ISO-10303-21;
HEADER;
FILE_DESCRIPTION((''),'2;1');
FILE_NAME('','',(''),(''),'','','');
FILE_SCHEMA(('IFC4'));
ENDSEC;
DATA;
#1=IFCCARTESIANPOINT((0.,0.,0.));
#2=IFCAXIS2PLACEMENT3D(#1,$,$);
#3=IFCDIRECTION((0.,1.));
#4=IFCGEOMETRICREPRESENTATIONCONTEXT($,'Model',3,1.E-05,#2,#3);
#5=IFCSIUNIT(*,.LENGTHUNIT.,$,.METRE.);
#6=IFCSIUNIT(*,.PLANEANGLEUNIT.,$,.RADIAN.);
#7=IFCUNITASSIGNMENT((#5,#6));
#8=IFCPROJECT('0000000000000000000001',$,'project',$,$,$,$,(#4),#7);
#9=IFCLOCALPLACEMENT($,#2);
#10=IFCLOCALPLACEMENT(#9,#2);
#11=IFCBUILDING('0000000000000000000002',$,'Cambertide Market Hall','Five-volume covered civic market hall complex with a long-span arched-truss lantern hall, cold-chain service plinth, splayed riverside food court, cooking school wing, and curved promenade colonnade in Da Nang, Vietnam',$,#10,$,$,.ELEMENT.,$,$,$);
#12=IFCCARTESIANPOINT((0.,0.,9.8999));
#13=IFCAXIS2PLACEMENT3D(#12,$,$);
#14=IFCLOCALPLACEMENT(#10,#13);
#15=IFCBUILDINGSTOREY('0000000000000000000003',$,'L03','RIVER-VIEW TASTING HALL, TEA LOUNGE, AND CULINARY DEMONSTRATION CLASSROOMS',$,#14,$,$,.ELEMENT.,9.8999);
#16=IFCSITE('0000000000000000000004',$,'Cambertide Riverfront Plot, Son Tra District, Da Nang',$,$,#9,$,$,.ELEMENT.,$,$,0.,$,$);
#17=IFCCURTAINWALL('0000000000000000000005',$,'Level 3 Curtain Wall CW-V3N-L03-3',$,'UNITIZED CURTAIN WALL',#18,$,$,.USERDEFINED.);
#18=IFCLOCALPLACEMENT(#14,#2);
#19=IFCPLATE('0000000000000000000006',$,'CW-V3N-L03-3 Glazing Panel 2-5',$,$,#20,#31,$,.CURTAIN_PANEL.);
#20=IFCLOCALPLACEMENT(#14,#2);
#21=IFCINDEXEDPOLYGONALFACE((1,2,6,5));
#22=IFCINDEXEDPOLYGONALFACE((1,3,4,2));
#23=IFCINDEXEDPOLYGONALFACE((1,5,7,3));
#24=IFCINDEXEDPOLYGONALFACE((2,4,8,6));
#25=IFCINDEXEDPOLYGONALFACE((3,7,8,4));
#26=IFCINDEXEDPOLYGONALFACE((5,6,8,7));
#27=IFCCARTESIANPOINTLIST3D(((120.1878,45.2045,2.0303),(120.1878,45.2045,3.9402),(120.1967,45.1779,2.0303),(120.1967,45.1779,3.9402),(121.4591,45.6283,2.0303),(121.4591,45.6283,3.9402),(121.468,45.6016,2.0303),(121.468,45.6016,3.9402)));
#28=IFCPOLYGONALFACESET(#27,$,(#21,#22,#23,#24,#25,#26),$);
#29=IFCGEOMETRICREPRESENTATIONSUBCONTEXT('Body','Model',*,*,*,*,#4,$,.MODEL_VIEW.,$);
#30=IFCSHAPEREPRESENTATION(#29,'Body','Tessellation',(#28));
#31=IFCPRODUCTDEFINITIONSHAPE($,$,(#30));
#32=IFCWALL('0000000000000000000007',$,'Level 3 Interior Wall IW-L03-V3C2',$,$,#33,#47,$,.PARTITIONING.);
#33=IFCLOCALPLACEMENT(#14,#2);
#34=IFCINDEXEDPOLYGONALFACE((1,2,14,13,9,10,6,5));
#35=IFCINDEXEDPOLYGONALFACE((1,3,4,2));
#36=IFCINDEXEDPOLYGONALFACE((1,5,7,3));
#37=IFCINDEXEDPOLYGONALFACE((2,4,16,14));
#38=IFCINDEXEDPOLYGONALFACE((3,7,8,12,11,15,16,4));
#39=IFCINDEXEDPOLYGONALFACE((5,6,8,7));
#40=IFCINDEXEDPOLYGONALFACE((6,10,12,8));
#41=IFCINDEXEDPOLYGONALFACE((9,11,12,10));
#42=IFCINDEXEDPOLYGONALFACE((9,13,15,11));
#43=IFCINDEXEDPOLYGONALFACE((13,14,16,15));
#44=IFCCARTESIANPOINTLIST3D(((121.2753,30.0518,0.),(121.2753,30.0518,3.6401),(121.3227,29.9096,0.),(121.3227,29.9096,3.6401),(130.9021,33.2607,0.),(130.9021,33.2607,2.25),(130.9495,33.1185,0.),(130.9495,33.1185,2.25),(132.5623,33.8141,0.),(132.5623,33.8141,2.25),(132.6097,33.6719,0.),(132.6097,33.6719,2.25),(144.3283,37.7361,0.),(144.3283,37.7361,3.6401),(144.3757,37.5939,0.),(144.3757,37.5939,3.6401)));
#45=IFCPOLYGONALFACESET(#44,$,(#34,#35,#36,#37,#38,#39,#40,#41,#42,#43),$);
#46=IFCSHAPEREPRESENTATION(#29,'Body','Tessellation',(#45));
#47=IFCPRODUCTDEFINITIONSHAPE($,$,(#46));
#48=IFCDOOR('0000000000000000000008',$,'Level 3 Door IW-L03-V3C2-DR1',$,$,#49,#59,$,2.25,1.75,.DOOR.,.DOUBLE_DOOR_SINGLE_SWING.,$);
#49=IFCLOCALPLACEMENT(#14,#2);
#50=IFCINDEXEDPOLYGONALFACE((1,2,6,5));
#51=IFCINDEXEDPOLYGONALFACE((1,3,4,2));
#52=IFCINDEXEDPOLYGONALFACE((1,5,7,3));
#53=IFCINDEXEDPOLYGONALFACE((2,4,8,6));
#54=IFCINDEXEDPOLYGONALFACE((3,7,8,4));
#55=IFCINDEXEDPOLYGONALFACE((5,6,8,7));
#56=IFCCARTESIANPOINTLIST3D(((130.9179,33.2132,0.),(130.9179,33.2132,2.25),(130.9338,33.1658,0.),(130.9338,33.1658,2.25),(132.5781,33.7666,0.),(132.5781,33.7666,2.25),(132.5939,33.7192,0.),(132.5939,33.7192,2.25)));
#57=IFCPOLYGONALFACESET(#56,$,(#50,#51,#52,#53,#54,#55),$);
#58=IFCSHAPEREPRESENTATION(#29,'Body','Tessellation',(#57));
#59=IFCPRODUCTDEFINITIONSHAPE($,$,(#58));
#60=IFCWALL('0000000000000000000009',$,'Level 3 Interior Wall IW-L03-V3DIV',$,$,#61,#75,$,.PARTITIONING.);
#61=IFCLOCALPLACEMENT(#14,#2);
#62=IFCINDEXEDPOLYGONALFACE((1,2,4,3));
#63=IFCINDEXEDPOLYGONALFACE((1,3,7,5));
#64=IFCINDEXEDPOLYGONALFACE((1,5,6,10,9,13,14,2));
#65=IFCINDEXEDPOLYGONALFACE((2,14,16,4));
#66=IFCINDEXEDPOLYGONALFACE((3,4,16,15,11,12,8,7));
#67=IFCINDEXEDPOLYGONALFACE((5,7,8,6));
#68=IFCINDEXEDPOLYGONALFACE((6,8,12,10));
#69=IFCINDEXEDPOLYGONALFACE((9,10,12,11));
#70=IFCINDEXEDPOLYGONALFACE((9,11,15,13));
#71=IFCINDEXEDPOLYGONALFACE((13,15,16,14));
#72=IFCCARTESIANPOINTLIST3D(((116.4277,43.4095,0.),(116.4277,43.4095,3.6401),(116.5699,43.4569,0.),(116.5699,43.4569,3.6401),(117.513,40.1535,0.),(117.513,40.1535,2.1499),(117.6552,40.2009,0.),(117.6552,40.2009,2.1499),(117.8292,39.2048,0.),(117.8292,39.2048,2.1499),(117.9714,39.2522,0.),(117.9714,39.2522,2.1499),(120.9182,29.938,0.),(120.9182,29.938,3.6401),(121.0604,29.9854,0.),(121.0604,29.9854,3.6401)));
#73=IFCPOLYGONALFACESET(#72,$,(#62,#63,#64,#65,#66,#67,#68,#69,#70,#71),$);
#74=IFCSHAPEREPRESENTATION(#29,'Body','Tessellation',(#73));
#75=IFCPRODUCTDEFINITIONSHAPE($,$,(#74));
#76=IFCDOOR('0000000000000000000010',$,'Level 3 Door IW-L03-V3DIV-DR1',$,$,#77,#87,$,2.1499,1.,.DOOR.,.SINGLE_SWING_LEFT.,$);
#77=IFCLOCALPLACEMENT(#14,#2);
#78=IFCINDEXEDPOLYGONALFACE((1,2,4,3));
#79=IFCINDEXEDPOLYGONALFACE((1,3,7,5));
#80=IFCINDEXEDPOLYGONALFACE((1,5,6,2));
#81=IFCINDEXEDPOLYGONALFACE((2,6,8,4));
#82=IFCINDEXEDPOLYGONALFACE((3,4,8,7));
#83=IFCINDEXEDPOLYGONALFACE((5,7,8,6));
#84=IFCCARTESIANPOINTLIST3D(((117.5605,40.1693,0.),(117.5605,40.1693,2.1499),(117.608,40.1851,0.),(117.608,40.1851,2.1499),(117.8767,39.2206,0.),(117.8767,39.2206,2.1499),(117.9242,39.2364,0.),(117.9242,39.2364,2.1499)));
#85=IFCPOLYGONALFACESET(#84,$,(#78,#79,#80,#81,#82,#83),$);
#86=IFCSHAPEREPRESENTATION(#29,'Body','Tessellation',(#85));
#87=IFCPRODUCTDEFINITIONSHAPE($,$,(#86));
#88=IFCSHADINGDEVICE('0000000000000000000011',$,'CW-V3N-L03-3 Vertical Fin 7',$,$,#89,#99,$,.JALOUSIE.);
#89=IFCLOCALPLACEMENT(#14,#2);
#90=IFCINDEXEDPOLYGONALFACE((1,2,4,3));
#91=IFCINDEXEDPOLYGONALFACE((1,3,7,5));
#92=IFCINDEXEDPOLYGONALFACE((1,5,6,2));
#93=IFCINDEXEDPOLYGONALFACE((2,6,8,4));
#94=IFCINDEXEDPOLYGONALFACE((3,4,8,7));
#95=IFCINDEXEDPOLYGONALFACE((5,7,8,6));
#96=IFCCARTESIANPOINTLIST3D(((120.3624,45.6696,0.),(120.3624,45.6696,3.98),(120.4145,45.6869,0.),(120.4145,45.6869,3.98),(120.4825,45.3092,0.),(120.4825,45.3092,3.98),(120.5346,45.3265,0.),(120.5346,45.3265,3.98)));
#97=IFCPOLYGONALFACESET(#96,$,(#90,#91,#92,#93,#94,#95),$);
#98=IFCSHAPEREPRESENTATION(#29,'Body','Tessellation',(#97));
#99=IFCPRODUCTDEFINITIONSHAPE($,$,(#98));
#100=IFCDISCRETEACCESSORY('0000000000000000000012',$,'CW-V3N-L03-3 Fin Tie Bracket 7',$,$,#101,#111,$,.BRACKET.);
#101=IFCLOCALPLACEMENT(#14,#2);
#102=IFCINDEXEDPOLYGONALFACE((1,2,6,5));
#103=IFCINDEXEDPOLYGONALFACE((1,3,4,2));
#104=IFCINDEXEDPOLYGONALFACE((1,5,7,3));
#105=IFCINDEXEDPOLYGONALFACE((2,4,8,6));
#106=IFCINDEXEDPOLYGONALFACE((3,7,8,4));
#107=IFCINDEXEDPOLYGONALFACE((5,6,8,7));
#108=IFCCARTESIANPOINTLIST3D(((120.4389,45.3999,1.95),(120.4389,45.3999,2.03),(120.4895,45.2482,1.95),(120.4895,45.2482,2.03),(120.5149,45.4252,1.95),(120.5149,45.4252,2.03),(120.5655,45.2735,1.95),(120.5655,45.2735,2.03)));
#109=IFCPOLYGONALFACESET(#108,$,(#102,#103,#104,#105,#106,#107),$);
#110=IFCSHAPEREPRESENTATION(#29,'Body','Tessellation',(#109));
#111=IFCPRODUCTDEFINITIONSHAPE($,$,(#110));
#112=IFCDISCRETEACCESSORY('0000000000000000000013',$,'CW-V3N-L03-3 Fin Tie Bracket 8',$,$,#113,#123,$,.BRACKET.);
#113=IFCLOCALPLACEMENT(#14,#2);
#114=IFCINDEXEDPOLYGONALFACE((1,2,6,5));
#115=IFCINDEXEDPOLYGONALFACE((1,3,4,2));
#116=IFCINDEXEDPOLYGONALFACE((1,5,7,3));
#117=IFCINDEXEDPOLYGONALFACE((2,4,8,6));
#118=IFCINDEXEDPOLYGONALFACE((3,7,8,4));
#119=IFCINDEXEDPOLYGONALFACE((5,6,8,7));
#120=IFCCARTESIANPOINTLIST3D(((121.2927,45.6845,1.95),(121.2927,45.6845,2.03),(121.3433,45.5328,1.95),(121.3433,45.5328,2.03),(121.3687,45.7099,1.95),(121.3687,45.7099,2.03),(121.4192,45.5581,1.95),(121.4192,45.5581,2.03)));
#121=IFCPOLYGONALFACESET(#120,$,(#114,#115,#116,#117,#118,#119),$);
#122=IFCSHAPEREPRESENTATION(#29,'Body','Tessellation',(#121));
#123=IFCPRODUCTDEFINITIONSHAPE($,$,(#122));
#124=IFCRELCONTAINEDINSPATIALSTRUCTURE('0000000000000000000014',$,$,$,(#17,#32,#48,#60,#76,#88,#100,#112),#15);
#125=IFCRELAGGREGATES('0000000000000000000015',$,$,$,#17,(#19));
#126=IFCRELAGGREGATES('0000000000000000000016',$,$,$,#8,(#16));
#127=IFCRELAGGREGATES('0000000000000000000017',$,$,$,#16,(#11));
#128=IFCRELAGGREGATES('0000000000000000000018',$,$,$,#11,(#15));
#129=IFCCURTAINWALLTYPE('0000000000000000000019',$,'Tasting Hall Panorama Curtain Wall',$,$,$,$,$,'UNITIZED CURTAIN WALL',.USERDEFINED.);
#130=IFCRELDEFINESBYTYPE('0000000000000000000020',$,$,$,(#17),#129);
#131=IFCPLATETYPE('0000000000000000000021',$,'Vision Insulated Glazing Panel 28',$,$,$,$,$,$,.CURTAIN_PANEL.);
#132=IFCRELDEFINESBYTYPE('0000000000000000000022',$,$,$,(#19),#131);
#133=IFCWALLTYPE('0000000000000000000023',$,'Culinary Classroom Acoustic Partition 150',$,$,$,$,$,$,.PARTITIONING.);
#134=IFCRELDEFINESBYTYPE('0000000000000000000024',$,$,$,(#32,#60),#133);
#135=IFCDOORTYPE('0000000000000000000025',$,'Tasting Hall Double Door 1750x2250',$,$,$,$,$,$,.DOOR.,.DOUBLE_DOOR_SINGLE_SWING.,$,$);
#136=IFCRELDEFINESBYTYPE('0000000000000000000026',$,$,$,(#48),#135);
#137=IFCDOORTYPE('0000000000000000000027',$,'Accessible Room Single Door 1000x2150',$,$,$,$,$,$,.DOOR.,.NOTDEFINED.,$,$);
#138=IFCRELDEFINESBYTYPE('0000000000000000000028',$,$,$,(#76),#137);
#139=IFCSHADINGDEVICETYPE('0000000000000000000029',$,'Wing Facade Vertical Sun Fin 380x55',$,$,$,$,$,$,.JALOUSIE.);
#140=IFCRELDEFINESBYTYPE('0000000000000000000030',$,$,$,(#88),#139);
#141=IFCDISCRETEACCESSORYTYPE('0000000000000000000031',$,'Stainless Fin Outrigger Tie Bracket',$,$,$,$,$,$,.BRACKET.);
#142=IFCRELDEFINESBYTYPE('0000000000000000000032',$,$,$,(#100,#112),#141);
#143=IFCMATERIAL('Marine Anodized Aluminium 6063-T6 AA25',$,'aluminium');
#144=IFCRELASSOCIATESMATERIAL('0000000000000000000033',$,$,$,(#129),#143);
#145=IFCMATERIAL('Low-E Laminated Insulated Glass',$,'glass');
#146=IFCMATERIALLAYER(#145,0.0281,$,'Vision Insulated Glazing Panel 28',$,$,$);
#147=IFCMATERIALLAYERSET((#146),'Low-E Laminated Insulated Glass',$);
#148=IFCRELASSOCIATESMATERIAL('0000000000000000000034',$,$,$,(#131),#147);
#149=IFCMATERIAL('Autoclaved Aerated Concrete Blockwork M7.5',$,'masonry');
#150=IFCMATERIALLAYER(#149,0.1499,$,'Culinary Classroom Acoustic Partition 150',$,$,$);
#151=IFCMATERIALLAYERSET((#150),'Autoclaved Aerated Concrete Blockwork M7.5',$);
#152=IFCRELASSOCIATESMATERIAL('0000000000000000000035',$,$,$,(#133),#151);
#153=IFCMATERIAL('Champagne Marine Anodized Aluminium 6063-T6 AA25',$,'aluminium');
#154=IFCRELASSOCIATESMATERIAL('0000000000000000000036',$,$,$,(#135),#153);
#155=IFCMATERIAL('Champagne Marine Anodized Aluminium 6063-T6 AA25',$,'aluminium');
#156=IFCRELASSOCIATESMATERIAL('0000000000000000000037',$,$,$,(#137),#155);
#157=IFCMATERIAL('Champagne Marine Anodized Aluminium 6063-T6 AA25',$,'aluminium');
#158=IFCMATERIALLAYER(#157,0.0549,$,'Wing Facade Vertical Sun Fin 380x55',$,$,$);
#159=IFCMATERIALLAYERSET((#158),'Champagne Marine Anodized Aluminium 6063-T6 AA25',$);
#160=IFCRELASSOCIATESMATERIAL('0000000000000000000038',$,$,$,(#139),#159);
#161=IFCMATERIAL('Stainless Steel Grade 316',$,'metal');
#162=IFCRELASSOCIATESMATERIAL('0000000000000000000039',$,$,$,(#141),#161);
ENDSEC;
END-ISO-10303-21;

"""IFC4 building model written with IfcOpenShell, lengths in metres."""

from ifc_helpers import new_model, si_unit, direction, frame, frame_2d, origin, origin_2d, place, context, subcontext, project, spatial, rectangle, extrude, material, layer, layer_set, type_object, element, fill, aggregate, save


model = new_model("IFC4")

# Units and contexts
model_context = context("Model", 3, precision=1e-05, world=origin(), true_north=direction((0.0, 1.0)))
body_context = subcontext(model_context, "Body", "Model", "MODEL_VIEW")
ifc_project = project(units=[si_unit("LENGTHUNIT", "METRE"), si_unit("PLANEANGLEUNIT", "RADIAN")], contexts=[model_context])

# Site, building, storey
site_placement = place(None, origin())
site = spatial("IfcSite", under=ifc_project, at=site_placement, Name="Cambertide Riverfront Plot, Son Tra District, Da Nang", CompositionType="ELEMENT", RefElevation=0.0)
building_placement = place(site_placement, origin())
building = spatial("IfcBuilding", under=site, at=building_placement, Name="Cambertide Market Hall", Description="Five-volume covered civic market hall complex with a long-span arched-truss lantern hall, cold-chain service plinth, splayed riverside food court, cooking school wing, and curved promenade colonnade in Da Nang, Vietnam", CompositionType="ELEMENT")
storey_placement = place(building_placement, frame((0.0, 0.0, 9.8999)))
storey = spatial("IfcBuildingStorey", under=building, at=storey_placement, Name="L03", Description="RIVER-VIEW TASTING HALL, TEA LOUNGE, AND CULINARY DEMONSTRATION CLASSROOMS", CompositionType="ELEMENT", Elevation=9.8999)

# Curtain wall, plate
ifc_material_1 = material(Name="Marine Anodized Aluminium 6063-T6 AA25", Category="aluminium")
curtain_wall_type = type_object("IfcCurtainWallType", Name="Tasting Hall Panorama Curtain Wall", ElementType="UNITIZED CURTAIN WALL", PredefinedType="USERDEFINED", material=ifc_material_1)
curtain_wall_placement = place(storey_placement, origin())
curtain_wall = element("IfcCurtainWall", 1, at=curtain_wall_placement, inside=storey, type_object=curtain_wall_type, Name="Level 3 Curtain Wall CW-V3N-L03-3", ObjectType="UNITIZED CURTAIN WALL", PredefinedType="USERDEFINED")
ifc_material_2 = material(Name="Low-E Laminated Insulated Glass", Category="glass")
ifc_layer_1 = layer(ifc_material_2, 0.0281, Name="Vision Insulated Glazing Panel 28")
ifc_layer_set_1 = layer_set([ifc_layer_1], Name="Low-E Laminated Insulated Glass")
plate_type = type_object("IfcPlateType", Name="Vision Insulated Glazing Panel 28", PredefinedType="CURTAIN_PANEL", material=ifc_layer_set_1)
plate_1_placement = place(storey_placement, frame((120.8279, 45.4031, 2.0303), z_axis=(0.0, 0.0, 1.0), x_axis=(0.948683, 0.316228, 0.0)))
plate_1 = element("IfcPlate", 2, at=plate_1_placement, type_object=plate_type, Name="CW-V3N-L03-3 Glazing Panel 2-5", PredefinedType="CURTAIN_PANEL", context=body_context, shape_type="SweptSolid", body=[
    extrude(rectangle(XDim=1.3401, YDim=0.0281, at=origin_2d()), origin(), (0.0, 0.0, 1.0), 1.9099),
])
aggregate(curtain_wall, [plate_1])

# Walls, openings, doors
ifc_material_3 = material(Name="Autoclaved Aerated Concrete Blockwork M7.5", Category="masonry")
ifc_layer_2 = layer(ifc_material_3, 0.1499, Name="Culinary Classroom Acoustic Partition 150")
ifc_layer_set_2 = layer_set([ifc_layer_2], Name="Autoclaved Aerated Concrete Blockwork M7.5")
wall_type_1 = type_object("IfcWallType", Name="Culinary Classroom Acoustic Partition 150", PredefinedType="PARTITIONING", material=ifc_layer_set_2)
wall_1_placement = place(storey_placement, frame((121.2991, 29.9807, 0.0), z_axis=(0.0, 0.0, 1.0), x_axis=(0.948683, 0.316228, 0.0)))
wall_1 = element("IfcWall", 3, at=wall_1_placement, inside=storey, type_object=wall_type_1, Name="Level 3 Interior Wall IW-L03-V3C2", PredefinedType="PARTITIONING", context=body_context, shape_type="SweptSolid", body=[
    extrude(rectangle(XDim=24.3, YDim=0.1499, at=frame_2d((12.1499, 0.0))), origin(), (0.0, 0.0, 1.0), 3.6401),
])
opening_1_placement = place(wall_1_placement, frame((10.1475, 0.0, 0.0)))
opening_1 = element("IfcOpeningElement", 4, at=opening_1_placement, cuts=wall_1, PredefinedType="OPENING", context=body_context, shape_type="SweptSolid", body=[
    extrude(rectangle(XDim=1.75, YDim=2.25, at=frame_2d((0.875, 1.125))), frame((0.0, 0.085, 0.0), z_axis=(0.0, -1.0, 0.0), x_axis=(1.0, 0.0, 0.0)), (0.0, 0.0, 1.0), 0.1699),
])
ifc_material_4 = material(Name="Champagne Marine Anodized Aluminium 6063-T6 AA25", Category="aluminium")
door_type_1 = type_object("IfcDoorType", Name="Tasting Hall Double Door 1750x2250", OperationType="DOUBLE_DOOR_SINGLE_SWING", PredefinedType="DOOR", material=ifc_material_4)
door_1_placement = place(opening_1_placement, origin())
door_1 = element("IfcDoor", 5, at=door_1_placement, inside=storey, type_object=door_type_1, Name="Level 3 Door IW-L03-V3C2-DR1", OperationType="DOUBLE_DOOR_SINGLE_SWING", OverallHeight=2.25, OverallWidth=1.75, PredefinedType="DOOR", context=body_context, shape_type="SweptSolid", body=[
    extrude(rectangle(XDim=1.75, YDim=2.25, at=frame_2d((0.875, 1.125))), frame((0.0, 0.0249, 0.0), z_axis=(0.0, -1.0, 0.0), x_axis=(1.0, 0.0, 0.0)), (0.0, 0.0, 1.0), 0.05),
])
fill(opening_1, door_1)
wall_2_placement = place(storey_placement, frame((120.9893, 29.9617, 0.0), z_axis=(0.0, 0.0, 1.0), x_axis=(-0.316228, 0.948683, 0.0)))
wall_2 = element("IfcWall", 6, at=wall_2_placement, inside=storey, type_object=wall_type_1, Name="Level 3 Interior Wall IW-L03-V3DIV", PredefinedType="PARTITIONING", context=body_context, shape_type="SweptSolid", body=[
    extrude(rectangle(XDim=14.2002, YDim=0.1499, at=frame_2d((7.1001, 0.0))), origin(), (0.0, 0.0, 1.0), 3.6401),
])
opening_2_placement = place(wall_2_placement, frame((9.7681, 0.0, 0.0)))
opening_2 = element("IfcOpeningElement", 7, at=opening_2_placement, cuts=wall_2, PredefinedType="OPENING", context=body_context, shape_type="SweptSolid", body=[
    extrude(rectangle(XDim=1.0, YDim=2.1499, at=frame_2d((0.5, 1.075))), frame((0.0, 0.085, 0.0), z_axis=(0.0, -1.0, 0.0), x_axis=(1.0, 0.0, 0.0)), (0.0, 0.0, 1.0), 0.1699),
])
ifc_material_5 = material(Name="Champagne Marine Anodized Aluminium 6063-T6 AA25", Category="aluminium")
door_type_2 = type_object("IfcDoorType", Name="Accessible Room Single Door 1000x2150", OperationType="NOTDEFINED", PredefinedType="DOOR", material=ifc_material_5)
door_2_placement = place(opening_2_placement, origin())
door_2 = element("IfcDoor", 8, at=door_2_placement, inside=storey, type_object=door_type_2, Name="Level 3 Door IW-L03-V3DIV-DR1", OperationType="SINGLE_SWING_LEFT", OverallHeight=2.1499, OverallWidth=1.0, PredefinedType="DOOR", context=body_context, shape_type="SweptSolid", body=[
    extrude(rectangle(XDim=1.0, YDim=2.1499, at=frame_2d((0.5, 1.075))), frame((0.0, 0.0249, 0.0), z_axis=(0.0, -1.0, 0.0), x_axis=(1.0, 0.0, 0.0)), (0.0, 0.0, 1.0), 0.05),
])
fill(opening_2, door_2)

# Shading device
ifc_material_6 = material(Name="Champagne Marine Anodized Aluminium 6063-T6 AA25", Category="aluminium")
ifc_layer_3 = layer(ifc_material_6, 0.0549, Name="Wing Facade Vertical Sun Fin 380x55")
ifc_layer_set_3 = layer_set([ifc_layer_3], Name="Champagne Marine Anodized Aluminium 6063-T6 AA25")
shading_device_type = type_object("IfcShadingDeviceType", Name="Wing Facade Vertical Sun Fin 380x55", PredefinedType="JALOUSIE", material=ifc_layer_set_3)
shading_device_placement = place(storey_placement, frame((120.4485, 45.498, 0.0), z_axis=(0.0, 0.0, 1.0), x_axis=(0.948683, 0.316228, 0.0)))
element("IfcShadingDevice", 9, at=shading_device_placement, inside=storey, type_object=shading_device_type, Name="CW-V3N-L03-3 Vertical Fin 7", PredefinedType="JALOUSIE", context=body_context, shape_type="SweptSolid", body=[
    extrude(rectangle(XDim=0.0549, YDim=0.3799, at=origin_2d()), origin(), (0.0, 0.0, 1.0), 3.98),
])

# Discrete accessories
ifc_material_7 = material(Name="Stainless Steel Grade 316", Category="metal")
discrete_accessory_type = type_object("IfcDiscreteAccessoryType", Name="Stainless Fin Outrigger Tie Bracket", PredefinedType="BRACKET", material=ifc_material_7)
for number, where, z_axis, x_axis, name in (
    (10, (120.5022, 45.3367, 1.95), (0.0, 0.0, 1.0), (0.948683, 0.316228, 0.0), "CW-V3N-L03-3 Fin Tie Bracket 7"),
    (11, (121.356, 45.6213, 1.95), (0.0, 0.0, 1.0), (0.948683, 0.316228, 0.0), "CW-V3N-L03-3 Fin Tie Bracket 8"),
):
    element("IfcDiscreteAccessory", number, at=place(storey_placement, frame(where, z_axis=z_axis, x_axis=x_axis)), inside=storey, type_object=discrete_accessory_type, Name=name, PredefinedType="BRACKET", context=body_context, shape_type="SweptSolid", body=[
        extrude(rectangle(XDim=0.0801, YDim=0.1599, at=origin_2d()), origin(), (0.0, 0.0, 1.0), 0.0801),
    ])

save(model, "model.ifc")
